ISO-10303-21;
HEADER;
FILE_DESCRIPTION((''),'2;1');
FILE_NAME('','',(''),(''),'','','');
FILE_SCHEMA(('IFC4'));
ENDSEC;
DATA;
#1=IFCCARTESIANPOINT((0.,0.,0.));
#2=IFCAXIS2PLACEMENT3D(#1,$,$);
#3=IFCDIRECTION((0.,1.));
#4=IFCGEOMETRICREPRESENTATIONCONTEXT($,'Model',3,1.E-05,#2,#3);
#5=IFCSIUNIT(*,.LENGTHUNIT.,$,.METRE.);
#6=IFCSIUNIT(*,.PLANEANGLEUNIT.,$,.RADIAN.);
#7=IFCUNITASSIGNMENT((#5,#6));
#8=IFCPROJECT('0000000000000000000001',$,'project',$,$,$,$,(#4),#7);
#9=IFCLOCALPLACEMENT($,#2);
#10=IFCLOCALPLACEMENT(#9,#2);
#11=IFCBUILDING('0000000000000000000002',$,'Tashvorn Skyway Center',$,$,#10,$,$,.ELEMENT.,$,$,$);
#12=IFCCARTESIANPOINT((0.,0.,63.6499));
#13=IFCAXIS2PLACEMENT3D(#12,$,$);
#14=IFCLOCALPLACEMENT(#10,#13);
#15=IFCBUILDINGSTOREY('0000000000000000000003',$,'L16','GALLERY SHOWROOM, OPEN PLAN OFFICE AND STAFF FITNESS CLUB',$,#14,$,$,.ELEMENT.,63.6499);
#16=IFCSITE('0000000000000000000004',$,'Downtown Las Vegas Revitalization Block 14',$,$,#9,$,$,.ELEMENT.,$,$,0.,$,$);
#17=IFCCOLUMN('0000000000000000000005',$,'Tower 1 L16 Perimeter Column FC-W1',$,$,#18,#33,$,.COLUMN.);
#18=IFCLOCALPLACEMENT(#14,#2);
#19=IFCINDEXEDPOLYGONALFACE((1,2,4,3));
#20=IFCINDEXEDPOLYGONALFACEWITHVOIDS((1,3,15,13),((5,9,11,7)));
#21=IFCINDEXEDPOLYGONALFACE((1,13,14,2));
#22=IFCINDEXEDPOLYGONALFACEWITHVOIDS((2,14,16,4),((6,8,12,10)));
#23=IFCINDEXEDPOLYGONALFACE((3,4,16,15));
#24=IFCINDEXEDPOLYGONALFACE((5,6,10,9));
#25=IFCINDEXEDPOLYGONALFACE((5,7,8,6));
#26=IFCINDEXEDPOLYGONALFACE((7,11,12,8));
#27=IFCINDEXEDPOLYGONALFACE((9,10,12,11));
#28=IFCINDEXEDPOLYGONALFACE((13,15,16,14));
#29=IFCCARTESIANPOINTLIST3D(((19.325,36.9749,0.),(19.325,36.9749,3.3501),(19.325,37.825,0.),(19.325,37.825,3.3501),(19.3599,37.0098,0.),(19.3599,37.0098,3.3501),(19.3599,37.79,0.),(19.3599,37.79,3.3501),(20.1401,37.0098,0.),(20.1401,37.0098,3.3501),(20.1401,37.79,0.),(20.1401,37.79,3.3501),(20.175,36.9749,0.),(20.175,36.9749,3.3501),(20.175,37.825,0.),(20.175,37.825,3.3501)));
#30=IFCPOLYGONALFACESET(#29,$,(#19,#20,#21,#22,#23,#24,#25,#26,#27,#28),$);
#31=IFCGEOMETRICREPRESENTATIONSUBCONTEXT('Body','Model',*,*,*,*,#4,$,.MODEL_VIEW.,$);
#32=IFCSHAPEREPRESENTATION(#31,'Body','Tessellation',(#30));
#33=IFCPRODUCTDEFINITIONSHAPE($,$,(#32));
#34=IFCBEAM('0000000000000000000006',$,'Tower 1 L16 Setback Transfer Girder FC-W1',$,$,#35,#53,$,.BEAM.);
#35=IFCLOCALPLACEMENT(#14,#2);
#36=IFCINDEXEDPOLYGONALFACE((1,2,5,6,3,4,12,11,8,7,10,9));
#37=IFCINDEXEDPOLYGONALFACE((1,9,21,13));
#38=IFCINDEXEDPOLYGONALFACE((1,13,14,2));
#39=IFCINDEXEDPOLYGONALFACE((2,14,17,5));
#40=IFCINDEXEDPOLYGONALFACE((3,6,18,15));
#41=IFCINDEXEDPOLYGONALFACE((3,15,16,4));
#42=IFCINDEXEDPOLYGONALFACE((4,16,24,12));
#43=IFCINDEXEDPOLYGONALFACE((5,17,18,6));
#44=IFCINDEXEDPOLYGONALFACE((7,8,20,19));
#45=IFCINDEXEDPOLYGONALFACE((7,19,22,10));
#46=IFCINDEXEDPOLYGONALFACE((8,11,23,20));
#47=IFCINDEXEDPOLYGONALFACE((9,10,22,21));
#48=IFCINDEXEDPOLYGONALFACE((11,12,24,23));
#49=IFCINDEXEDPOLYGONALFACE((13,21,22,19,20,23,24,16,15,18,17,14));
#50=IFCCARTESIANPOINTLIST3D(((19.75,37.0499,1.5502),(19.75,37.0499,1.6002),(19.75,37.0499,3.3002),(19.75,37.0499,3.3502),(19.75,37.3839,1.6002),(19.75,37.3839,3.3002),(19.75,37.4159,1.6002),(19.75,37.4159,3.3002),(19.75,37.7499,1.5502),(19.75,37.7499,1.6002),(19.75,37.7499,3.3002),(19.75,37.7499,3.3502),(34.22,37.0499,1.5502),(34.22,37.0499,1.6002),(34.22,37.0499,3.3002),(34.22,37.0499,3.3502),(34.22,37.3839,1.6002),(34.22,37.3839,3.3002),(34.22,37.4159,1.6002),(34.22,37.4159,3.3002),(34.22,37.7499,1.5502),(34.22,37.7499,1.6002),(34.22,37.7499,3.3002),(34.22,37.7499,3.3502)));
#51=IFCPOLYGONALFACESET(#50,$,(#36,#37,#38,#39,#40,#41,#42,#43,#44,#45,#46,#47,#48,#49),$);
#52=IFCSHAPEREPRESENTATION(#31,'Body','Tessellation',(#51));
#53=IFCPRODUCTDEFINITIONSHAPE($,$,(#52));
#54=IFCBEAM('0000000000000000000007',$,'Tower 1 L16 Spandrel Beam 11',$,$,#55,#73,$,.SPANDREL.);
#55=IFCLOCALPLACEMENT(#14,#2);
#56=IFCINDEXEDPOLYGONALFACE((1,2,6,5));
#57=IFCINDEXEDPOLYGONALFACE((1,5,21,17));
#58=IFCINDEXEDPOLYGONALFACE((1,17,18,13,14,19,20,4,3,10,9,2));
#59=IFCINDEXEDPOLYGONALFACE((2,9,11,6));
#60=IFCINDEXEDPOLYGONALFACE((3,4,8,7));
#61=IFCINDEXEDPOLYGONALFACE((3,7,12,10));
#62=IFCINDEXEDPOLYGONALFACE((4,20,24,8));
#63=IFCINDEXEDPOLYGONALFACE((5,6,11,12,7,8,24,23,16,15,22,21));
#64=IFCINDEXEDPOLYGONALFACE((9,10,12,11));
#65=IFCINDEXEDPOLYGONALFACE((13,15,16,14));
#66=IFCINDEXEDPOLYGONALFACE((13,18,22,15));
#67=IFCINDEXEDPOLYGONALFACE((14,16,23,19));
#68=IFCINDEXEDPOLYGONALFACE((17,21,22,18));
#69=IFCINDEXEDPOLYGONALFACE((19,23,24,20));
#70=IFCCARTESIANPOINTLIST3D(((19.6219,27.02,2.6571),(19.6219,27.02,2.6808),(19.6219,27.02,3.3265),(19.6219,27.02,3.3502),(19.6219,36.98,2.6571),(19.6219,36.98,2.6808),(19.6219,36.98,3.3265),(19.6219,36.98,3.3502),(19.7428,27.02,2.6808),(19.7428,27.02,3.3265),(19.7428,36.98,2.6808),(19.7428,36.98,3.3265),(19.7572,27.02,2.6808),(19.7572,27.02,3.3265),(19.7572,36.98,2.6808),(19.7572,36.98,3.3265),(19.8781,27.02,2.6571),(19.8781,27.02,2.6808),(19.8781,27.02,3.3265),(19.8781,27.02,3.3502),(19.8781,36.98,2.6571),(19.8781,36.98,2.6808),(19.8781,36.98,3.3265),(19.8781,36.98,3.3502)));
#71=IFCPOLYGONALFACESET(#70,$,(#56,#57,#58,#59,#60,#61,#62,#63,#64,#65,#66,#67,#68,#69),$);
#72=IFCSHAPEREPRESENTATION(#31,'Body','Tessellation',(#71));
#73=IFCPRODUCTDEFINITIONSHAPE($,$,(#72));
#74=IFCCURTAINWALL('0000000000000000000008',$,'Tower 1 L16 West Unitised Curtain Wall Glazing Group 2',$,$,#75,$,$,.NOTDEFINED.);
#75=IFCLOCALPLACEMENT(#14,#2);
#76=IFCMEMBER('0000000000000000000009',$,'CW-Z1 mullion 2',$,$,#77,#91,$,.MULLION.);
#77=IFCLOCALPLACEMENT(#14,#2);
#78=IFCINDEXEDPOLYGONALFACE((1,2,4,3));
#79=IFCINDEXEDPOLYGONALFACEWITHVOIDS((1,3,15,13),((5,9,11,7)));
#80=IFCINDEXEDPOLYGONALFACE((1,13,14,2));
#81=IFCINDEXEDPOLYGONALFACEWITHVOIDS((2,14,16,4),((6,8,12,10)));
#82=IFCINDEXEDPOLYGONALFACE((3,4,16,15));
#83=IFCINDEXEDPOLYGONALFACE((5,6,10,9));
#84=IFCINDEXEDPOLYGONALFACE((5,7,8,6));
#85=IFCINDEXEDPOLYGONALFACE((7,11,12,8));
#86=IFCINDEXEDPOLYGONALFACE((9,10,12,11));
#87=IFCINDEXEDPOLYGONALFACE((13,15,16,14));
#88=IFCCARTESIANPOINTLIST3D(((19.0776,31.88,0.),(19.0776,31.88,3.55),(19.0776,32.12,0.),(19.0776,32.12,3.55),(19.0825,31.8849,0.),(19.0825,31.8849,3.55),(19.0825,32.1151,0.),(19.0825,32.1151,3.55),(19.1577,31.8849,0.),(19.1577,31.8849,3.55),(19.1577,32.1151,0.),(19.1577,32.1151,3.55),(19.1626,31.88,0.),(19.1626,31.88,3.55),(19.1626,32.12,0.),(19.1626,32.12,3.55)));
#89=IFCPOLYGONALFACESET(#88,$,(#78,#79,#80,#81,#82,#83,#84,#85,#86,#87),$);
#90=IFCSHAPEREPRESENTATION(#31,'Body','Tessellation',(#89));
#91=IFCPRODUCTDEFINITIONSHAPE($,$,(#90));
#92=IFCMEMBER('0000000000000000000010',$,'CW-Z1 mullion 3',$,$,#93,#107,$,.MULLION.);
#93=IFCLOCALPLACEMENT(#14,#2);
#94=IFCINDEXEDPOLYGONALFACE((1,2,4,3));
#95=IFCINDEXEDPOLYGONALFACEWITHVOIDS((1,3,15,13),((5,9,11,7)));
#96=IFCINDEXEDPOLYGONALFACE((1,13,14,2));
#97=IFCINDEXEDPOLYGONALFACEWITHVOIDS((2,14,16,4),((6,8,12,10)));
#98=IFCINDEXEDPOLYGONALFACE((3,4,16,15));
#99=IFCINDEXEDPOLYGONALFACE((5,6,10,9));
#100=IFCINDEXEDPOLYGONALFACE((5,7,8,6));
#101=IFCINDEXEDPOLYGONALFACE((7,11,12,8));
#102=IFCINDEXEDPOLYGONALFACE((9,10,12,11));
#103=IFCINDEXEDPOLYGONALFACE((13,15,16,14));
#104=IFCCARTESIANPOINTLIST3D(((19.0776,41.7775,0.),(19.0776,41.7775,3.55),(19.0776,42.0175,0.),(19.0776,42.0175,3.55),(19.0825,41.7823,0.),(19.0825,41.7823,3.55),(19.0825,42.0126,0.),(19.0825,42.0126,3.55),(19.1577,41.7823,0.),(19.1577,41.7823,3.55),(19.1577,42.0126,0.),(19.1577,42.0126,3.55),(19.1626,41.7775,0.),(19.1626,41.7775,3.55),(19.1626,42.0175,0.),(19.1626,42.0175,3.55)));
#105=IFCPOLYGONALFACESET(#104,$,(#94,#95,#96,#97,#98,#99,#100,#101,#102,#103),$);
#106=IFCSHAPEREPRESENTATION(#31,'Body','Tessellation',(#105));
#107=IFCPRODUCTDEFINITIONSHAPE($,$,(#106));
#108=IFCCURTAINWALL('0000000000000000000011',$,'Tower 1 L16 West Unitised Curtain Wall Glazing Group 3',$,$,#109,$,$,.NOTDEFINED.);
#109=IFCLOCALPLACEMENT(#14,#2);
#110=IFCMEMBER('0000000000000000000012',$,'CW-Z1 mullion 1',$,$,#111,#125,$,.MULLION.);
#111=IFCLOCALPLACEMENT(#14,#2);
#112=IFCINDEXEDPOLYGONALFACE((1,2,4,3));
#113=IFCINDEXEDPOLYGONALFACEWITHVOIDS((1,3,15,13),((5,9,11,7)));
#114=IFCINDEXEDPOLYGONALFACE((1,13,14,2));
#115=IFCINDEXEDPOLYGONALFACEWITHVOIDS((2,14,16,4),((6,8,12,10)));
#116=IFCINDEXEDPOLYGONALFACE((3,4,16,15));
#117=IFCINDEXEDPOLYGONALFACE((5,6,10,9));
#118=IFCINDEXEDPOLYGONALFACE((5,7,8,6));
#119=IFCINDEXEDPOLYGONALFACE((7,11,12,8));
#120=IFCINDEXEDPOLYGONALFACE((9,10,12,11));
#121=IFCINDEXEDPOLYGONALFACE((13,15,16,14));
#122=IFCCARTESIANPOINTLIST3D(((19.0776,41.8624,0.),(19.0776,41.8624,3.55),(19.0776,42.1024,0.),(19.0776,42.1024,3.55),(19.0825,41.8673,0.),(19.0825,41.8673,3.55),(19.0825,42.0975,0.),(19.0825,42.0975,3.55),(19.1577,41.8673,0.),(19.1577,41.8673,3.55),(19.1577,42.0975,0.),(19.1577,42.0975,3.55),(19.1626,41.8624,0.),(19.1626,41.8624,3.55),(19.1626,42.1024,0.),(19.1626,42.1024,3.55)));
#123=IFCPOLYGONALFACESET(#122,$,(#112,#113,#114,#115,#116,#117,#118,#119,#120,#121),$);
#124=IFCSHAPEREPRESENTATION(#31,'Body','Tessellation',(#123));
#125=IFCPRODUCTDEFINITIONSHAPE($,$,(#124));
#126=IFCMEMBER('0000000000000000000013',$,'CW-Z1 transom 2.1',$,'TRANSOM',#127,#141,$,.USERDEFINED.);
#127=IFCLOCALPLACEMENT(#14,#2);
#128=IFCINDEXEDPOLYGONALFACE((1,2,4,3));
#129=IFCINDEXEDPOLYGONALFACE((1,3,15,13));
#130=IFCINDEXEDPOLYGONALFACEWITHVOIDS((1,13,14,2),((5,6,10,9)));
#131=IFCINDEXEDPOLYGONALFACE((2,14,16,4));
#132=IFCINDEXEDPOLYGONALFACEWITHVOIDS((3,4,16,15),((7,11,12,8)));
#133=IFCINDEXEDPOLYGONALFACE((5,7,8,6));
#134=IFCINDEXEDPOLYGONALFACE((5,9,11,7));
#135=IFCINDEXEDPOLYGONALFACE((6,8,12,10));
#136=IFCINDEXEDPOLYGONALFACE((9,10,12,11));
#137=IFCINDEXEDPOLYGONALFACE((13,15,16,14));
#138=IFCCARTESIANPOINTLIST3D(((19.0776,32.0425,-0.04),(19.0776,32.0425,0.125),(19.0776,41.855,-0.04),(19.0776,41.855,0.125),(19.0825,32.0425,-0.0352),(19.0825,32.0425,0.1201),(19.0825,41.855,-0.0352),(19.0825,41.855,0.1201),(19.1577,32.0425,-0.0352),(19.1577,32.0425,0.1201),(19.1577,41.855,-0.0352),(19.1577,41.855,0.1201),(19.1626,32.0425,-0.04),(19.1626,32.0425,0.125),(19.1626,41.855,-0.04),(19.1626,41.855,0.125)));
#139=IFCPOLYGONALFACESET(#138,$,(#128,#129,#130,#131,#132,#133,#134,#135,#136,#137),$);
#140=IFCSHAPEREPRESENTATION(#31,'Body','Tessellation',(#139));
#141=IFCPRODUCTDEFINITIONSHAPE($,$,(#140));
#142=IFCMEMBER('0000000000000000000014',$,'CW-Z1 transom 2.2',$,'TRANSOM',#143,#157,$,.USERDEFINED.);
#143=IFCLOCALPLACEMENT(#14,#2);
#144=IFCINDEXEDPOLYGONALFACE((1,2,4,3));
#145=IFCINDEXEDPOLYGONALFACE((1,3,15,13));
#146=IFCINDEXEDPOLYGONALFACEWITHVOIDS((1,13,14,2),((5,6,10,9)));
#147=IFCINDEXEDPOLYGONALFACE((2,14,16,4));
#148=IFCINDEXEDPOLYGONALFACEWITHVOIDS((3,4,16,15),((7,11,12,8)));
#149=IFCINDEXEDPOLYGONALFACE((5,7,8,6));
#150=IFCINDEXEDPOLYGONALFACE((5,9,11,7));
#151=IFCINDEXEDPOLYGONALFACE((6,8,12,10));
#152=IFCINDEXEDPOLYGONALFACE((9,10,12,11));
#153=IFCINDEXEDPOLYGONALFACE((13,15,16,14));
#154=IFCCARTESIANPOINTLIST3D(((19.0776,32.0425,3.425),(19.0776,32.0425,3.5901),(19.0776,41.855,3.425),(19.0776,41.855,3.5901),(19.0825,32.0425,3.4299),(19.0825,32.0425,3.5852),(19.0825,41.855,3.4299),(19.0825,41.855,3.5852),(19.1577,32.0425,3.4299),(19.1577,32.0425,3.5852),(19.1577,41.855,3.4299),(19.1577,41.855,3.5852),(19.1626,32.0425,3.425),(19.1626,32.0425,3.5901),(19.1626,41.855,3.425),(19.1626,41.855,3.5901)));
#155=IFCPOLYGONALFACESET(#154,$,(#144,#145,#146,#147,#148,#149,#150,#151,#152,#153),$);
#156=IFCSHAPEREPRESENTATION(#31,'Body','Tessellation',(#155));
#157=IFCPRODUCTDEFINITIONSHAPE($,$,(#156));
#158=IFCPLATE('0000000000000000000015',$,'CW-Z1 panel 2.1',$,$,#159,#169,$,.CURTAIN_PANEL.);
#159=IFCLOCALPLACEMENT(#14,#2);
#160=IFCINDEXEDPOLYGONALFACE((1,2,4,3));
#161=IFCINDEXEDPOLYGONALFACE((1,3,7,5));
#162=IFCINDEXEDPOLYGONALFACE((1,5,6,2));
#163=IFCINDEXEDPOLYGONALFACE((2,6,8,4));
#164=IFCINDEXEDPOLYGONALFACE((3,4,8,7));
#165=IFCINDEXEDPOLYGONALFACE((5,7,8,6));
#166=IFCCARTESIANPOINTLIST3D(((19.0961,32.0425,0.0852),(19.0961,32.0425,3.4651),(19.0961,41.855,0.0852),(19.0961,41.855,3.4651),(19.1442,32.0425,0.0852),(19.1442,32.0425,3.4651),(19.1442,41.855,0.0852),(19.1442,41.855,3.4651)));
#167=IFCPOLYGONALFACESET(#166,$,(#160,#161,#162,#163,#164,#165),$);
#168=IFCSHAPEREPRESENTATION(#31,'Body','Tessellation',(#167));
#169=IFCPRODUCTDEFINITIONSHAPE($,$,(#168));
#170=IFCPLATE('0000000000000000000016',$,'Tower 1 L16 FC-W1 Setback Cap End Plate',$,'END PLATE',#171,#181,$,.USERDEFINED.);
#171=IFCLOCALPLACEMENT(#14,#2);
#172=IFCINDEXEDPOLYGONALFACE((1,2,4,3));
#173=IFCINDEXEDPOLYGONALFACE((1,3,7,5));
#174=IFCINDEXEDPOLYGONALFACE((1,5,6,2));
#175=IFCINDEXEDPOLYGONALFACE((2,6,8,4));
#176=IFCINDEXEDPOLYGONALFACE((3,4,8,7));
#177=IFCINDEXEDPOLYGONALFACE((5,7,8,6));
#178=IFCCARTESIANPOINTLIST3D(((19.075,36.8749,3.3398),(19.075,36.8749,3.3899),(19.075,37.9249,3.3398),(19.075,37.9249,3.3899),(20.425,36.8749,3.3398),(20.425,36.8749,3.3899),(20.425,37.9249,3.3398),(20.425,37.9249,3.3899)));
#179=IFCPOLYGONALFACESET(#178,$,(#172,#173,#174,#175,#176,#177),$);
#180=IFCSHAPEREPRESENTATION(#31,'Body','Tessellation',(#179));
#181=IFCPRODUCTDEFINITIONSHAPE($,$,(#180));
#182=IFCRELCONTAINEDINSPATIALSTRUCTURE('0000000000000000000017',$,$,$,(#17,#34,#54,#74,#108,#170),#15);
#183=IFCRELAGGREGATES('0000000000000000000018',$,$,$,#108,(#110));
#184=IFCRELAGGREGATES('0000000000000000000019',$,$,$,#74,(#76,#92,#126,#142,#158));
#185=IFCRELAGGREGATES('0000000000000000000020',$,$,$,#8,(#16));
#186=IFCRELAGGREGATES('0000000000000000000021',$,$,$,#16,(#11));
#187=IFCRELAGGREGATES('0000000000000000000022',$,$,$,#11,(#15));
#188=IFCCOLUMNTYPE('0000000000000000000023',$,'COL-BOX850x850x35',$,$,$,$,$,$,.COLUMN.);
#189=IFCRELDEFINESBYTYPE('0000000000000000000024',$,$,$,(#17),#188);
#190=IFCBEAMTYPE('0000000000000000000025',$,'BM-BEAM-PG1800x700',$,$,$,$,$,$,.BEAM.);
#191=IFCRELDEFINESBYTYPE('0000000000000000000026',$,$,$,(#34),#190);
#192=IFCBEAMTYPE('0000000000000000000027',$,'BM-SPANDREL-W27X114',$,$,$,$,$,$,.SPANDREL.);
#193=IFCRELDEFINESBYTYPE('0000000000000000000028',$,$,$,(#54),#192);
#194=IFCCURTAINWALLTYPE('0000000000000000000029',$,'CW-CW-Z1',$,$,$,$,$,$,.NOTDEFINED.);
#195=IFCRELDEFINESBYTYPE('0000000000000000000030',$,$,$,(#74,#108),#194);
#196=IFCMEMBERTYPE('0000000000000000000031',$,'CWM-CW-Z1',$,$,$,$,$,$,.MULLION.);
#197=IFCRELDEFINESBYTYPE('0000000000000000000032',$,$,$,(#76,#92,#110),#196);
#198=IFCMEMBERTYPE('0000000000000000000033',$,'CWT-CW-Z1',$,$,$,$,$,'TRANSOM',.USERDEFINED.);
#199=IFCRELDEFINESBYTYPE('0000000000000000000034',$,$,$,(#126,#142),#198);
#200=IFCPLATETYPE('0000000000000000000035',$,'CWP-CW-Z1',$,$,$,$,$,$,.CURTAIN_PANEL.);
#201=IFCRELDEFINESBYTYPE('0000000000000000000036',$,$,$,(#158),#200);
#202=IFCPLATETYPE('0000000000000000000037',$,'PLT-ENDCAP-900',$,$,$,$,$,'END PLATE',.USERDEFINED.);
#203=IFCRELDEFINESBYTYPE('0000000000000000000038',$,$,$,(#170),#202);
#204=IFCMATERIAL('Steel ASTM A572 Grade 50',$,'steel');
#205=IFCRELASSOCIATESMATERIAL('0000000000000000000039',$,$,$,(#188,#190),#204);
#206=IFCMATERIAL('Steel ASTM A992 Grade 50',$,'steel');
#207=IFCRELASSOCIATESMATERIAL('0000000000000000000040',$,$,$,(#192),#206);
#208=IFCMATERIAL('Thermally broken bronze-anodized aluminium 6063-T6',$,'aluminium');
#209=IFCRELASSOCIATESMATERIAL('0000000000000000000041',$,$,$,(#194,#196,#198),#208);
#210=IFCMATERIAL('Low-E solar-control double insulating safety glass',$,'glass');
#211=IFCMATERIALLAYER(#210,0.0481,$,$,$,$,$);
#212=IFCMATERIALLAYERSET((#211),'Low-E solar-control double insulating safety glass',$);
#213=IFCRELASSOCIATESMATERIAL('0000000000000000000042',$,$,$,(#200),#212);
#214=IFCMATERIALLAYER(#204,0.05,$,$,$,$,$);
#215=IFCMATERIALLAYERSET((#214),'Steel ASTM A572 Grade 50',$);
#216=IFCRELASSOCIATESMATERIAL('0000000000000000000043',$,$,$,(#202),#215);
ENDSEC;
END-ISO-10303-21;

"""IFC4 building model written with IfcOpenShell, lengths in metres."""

from ifc_helpers import new_model, si_unit, direction, frame, origin, origin_2d, place, context, subcontext, project, spatial, rectangle, hollow_rectangle, i_section, extrude, material, layer, layer_set, material_profile, profile_set, type_object, element, aggregate, save


model = new_model("IFC4")

# Units and contexts
model_context = context("Model", 3, precision=1e-05, world=origin(), true_north=direction((0.0, 1.0)))
body_context = subcontext(model_context, "Body", "Model", "MODEL_VIEW")
ifc_project = project(units=[si_unit("LENGTHUNIT", "METRE"), si_unit("PLANEANGLEUNIT", "RADIAN")], contexts=[model_context])

# Site, building, storey
site_placement = place(None, origin())
site = spatial("IfcSite", under=ifc_project, at=site_placement, Name="Downtown Las Vegas Revitalization Block 14", CompositionType="ELEMENT", RefElevation=0.0)
building_placement = place(site_placement, origin())
building = spatial("IfcBuilding", under=site, at=building_placement, Name="Tashvorn Skyway Center", CompositionType="ELEMENT")
storey_placement = place(building_placement, frame((0.0, 0.0, 63.6499)))
storey = spatial("IfcBuildingStorey", under=building, at=storey_placement, Name="L16", Description="GALLERY SHOWROOM, OPEN PLAN OFFICE AND STAFF FITNESS CLUB", CompositionType="ELEMENT", Elevation=63.6499)

# Column
ifc_material_1 = material(Name="Steel ASTM A572 Grade 50", Category="steel")
ifc_material_profile_1 = material_profile(ifc_material_1, hollow_rectangle(XDim=0.8501, YDim=0.8501, WallThickness=0.0349, at=origin_2d()), Name="BOX850x850x35")
ifc_profile_set_1 = profile_set([ifc_material_profile_1], Name="Steel ASTM A572 Grade 50")
column_type = type_object("IfcColumnType", Name="COL-BOX850x850x35", PredefinedType="COLUMN", material=ifc_profile_set_1)
column_placement = place(storey_placement, frame((19.75, 37.3999, 0.0), z_axis=(0.0, 0.0, 1.0), x_axis=(1.0, 0.0, 0.0)))
element("IfcColumn", 1, at=column_placement, inside=storey, type_object=column_type, Name="Tower 1 L16 Perimeter Column FC-W1", PredefinedType="COLUMN", context=body_context, shape_type="SweptSolid", body=[
    extrude(hollow_rectangle(XDim=0.8501, YDim=0.8501, WallThickness=0.0349, at=origin_2d()), origin(), (0.0, 0.0, 1.0), 3.3501),
])

# Beams
ifc_material_profile_2 = material_profile(ifc_material_1, i_section(OverallWidth=0.7, OverallDepth=1.8, WebThickness=0.032, FlangeThickness=0.05, at=origin_2d()), Name="PG1800x700")
ifc_profile_set_2 = profile_set([ifc_material_profile_2], Name="Steel ASTM A572 Grade 50")
beam_type_1 = type_object("IfcBeamType", Name="BM-BEAM-PG1800x700", PredefinedType="BEAM", material=ifc_profile_set_2)
beam_1_placement = place(storey_placement, frame((19.75, 37.3999, 2.4502), z_axis=(1.0, 0.0, 0.0), x_axis=(0.0, 1.0, 0.0)))
element("IfcBeam", 2, at=beam_1_placement, inside=storey, type_object=beam_type_1, Name="Tower 1 L16 Setback Transfer Girder FC-W1", PredefinedType="BEAM", context=body_context, shape_type="SweptSolid", body=[
    extrude(i_section(OverallWidth=0.7, OverallDepth=1.8, WebThickness=0.032, FlangeThickness=0.05, at=origin_2d()), origin(), (0.0, 0.0, 1.0), 14.47),
])
ifc_material_2 = material(Name="Steel ASTM A992 Grade 50", Category="steel")
ifc_material_profile_3 = material_profile(ifc_material_2, i_section(OverallWidth=0.2561, OverallDepth=0.6931, WebThickness=0.0144, FlangeThickness=0.0237, at=origin_2d()), Name="W27X114")
ifc_profile_set_3 = profile_set([ifc_material_profile_3], Name="Steel ASTM A992 Grade 50")
beam_type_2 = type_object("IfcBeamType", Name="BM-SPANDREL-W27X114", PredefinedType="SPANDREL", material=ifc_profile_set_3)
beam_2_placement = place(storey_placement, frame((19.75, 36.98, 3.0037), z_axis=(0.0, -1.0, 0.0), x_axis=(1.0, 0.0, 0.0)))
element("IfcBeam", 3, at=beam_2_placement, inside=storey, type_object=beam_type_2, Name="Tower 1 L16 Spandrel Beam 11", PredefinedType="SPANDREL", context=body_context, shape_type="SweptSolid", body=[
    extrude(i_section(OverallWidth=0.2561, OverallDepth=0.6931, WebThickness=0.0144, FlangeThickness=0.0237, at=origin_2d()), origin(), (0.0, 0.0, 1.0), 9.96),
])

# Curtain wall, members
ifc_material_3 = material(Name="Thermally broken bronze-anodized aluminium 6063-T6", Category="aluminium")
curtain_wall_type = type_object("IfcCurtainWallType", Name="CW-CW-Z1", PredefinedType="NOTDEFINED", material=ifc_material_3)
curtain_wall_1_placement = place(storey_placement, origin())
curtain_wall_1 = element("IfcCurtainWall", 4, at=curtain_wall_1_placement, inside=storey, type_object=curtain_wall_type, Name="Tower 1 L16 West Unitised Curtain Wall Glazing Group 2", PredefinedType="NOTDEFINED")
ifc_material_profile_4 = material_profile(ifc_material_3, hollow_rectangle(XDim=0.085, YDim=0.24, WallThickness=0.0049, at=origin_2d()), Name="ALU-MULL-85x240")
ifc_profile_set_4 = profile_set([ifc_material_profile_4], Name="Thermally broken bronze-anodized aluminium 6063-T6")
member_type_1 = type_object("IfcMemberType", Name="CWM-CW-Z1", PredefinedType="MULLION", material=ifc_profile_set_4)
member_1_placement = place(storey_placement, frame((19.1201, 32.0, 0.0), z_axis=(0.0, 0.0, 1.0), x_axis=(-1.0, 0.0, 0.0)))
member_1 = element("IfcMember", 5, at=member_1_placement, type_object=member_type_1, Name="CW-Z1 mullion 2", PredefinedType="MULLION", context=body_context, shape_type="SweptSolid", body=[
    extrude(hollow_rectangle(XDim=0.085, YDim=0.24, WallThickness=0.0049, at=origin_2d()), origin(), (0.0, 0.0, 1.0), 3.55),
])
member_2_placement = place(storey_placement, frame((19.1201, 41.8975, 0.0), z_axis=(0.0, 0.0, 1.0), x_axis=(-1.0, 0.0, 0.0)))
member_2 = element("IfcMember", 6, at=member_2_placement, type_object=member_type_1, Name="CW-Z1 mullion 3", PredefinedType="MULLION", context=body_context, shape_type="SweptSolid", body=[
    extrude(hollow_rectangle(XDim=0.085, YDim=0.24, WallThickness=0.0049, at=origin_2d()), origin(), (0.0, 0.0, 1.0), 3.55),
])

# Curtain wall, member
curtain_wall_2_placement = place(storey_placement, origin())
curtain_wall_2 = element("IfcCurtainWall", 7, at=curtain_wall_2_placement, inside=storey, type_object=curtain_wall_type, Name="Tower 1 L16 West Unitised Curtain Wall Glazing Group 3", PredefinedType="NOTDEFINED")
member_3_placement = place(storey_placement, frame((19.1201, 41.9824, 0.0), z_axis=(0.0, 0.0, 1.0), x_axis=(-1.0, 0.0, 0.0)))
member_3 = element("IfcMember", 8, at=member_3_placement, type_object=member_type_1, Name="CW-Z1 mullion 1", PredefinedType="MULLION", context=body_context, shape_type="SweptSolid", body=[
    extrude(hollow_rectangle(XDim=0.085, YDim=0.24, WallThickness=0.0049, at=origin_2d()), origin(), (0.0, 0.0, 1.0), 3.55),
])
aggregate(curtain_wall_2, [member_3])

# Members
ifc_material_profile_5 = material_profile(ifc_material_3, hollow_rectangle(XDim=0.085, YDim=0.165, WallThickness=0.0049, at=origin_2d()), Name="ALU-TRAN-85x165")
ifc_profile_set_5 = profile_set([ifc_material_profile_5], Name="Thermally broken bronze-anodized aluminium 6063-T6")
member_type_2 = type_object("IfcMemberType", Name="CWT-CW-Z1", ElementType="TRANSOM", PredefinedType="USERDEFINED", material=ifc_profile_set_5)
member_4_placement = place(storey_placement, frame((19.1201, 32.0425, 0.0425), z_axis=(0.0, 1.0, 0.0), x_axis=(-1.0, 0.0, 0.0)))
member_4 = element("IfcMember", 9, at=member_4_placement, type_object=member_type_2, Name="CW-Z1 transom 2.1", ObjectType="TRANSOM", PredefinedType="USERDEFINED", context=body_context, shape_type="SweptSolid", body=[
    extrude(hollow_rectangle(XDim=0.085, YDim=0.165, WallThickness=0.0049, at=origin_2d()), origin(), (0.0, 0.0, 1.0), 9.8125),
])
member_5_placement = place(storey_placement, frame((19.1201, 32.0425, 3.5076), z_axis=(0.0, 1.0, 0.0), x_axis=(-1.0, 0.0, 0.0)))
member_5 = element("IfcMember", 10, at=member_5_placement, type_object=member_type_2, Name="CW-Z1 transom 2.2", ObjectType="TRANSOM", PredefinedType="USERDEFINED", context=body_context, shape_type="SweptSolid", body=[
    extrude(hollow_rectangle(XDim=0.085, YDim=0.165, WallThickness=0.0049, at=origin_2d()), origin(), (0.0, 0.0, 1.0), 9.8125),
])

# Plate
ifc_material_4 = material(Name="Low-E solar-control double insulating safety glass", Category="glass")
ifc_layer_1 = layer(ifc_material_4, 0.0481)
ifc_layer_set_1 = layer_set([ifc_layer_1], Name="Low-E solar-control double insulating safety glass")
plate_type_1 = type_object("IfcPlateType", Name="CWP-CW-Z1", PredefinedType="CURTAIN_PANEL", material=ifc_layer_set_1)
plate_1_placement = place(storey_placement, frame((19.1201, 36.9487, 0.0852), z_axis=(0.0, 0.0, 1.0), x_axis=(0.0, 1.0, 0.0)))
plate_1 = element("IfcPlate", 11, at=plate_1_placement, type_object=plate_type_1, Name="CW-Z1 panel 2.1", PredefinedType="CURTAIN_PANEL", context=body_context, shape_type="SweptSolid", body=[
    extrude(rectangle(XDim=9.8125, YDim=0.0481, at=origin_2d()), origin(), (0.0, 0.0, 1.0), 3.3799),
])
aggregate(curtain_wall_1, [member_1, member_2, member_4, member_5, plate_1])

# Plate
ifc_layer_2 = layer(ifc_material_1, 0.05)
ifc_layer_set_2 = layer_set([ifc_layer_2], Name="Steel ASTM A572 Grade 50")
plate_type_2 = type_object("IfcPlateType", Name="PLT-ENDCAP-900", ElementType="END PLATE", PredefinedType="USERDEFINED", material=ifc_layer_set_2)
plate_2_placement = place(storey_placement, frame((19.75, 37.3999, 3.3398), z_axis=(0.0, 0.0, 1.0), x_axis=(1.0, 0.0, 0.0)))
element("IfcPlate", 12, at=plate_2_placement, inside=storey, type_object=plate_type_2, Name="Tower 1 L16 FC-W1 Setback Cap End Plate", ObjectType="END PLATE", PredefinedType="USERDEFINED", context=body_context, shape_type="SweptSolid", body=[
    extrude(rectangle(XDim=1.3501, YDim=1.05, at=origin_2d()), origin(), (0.0, 0.0, 1.0), 0.05),
])

save(model, "model.ifc")
